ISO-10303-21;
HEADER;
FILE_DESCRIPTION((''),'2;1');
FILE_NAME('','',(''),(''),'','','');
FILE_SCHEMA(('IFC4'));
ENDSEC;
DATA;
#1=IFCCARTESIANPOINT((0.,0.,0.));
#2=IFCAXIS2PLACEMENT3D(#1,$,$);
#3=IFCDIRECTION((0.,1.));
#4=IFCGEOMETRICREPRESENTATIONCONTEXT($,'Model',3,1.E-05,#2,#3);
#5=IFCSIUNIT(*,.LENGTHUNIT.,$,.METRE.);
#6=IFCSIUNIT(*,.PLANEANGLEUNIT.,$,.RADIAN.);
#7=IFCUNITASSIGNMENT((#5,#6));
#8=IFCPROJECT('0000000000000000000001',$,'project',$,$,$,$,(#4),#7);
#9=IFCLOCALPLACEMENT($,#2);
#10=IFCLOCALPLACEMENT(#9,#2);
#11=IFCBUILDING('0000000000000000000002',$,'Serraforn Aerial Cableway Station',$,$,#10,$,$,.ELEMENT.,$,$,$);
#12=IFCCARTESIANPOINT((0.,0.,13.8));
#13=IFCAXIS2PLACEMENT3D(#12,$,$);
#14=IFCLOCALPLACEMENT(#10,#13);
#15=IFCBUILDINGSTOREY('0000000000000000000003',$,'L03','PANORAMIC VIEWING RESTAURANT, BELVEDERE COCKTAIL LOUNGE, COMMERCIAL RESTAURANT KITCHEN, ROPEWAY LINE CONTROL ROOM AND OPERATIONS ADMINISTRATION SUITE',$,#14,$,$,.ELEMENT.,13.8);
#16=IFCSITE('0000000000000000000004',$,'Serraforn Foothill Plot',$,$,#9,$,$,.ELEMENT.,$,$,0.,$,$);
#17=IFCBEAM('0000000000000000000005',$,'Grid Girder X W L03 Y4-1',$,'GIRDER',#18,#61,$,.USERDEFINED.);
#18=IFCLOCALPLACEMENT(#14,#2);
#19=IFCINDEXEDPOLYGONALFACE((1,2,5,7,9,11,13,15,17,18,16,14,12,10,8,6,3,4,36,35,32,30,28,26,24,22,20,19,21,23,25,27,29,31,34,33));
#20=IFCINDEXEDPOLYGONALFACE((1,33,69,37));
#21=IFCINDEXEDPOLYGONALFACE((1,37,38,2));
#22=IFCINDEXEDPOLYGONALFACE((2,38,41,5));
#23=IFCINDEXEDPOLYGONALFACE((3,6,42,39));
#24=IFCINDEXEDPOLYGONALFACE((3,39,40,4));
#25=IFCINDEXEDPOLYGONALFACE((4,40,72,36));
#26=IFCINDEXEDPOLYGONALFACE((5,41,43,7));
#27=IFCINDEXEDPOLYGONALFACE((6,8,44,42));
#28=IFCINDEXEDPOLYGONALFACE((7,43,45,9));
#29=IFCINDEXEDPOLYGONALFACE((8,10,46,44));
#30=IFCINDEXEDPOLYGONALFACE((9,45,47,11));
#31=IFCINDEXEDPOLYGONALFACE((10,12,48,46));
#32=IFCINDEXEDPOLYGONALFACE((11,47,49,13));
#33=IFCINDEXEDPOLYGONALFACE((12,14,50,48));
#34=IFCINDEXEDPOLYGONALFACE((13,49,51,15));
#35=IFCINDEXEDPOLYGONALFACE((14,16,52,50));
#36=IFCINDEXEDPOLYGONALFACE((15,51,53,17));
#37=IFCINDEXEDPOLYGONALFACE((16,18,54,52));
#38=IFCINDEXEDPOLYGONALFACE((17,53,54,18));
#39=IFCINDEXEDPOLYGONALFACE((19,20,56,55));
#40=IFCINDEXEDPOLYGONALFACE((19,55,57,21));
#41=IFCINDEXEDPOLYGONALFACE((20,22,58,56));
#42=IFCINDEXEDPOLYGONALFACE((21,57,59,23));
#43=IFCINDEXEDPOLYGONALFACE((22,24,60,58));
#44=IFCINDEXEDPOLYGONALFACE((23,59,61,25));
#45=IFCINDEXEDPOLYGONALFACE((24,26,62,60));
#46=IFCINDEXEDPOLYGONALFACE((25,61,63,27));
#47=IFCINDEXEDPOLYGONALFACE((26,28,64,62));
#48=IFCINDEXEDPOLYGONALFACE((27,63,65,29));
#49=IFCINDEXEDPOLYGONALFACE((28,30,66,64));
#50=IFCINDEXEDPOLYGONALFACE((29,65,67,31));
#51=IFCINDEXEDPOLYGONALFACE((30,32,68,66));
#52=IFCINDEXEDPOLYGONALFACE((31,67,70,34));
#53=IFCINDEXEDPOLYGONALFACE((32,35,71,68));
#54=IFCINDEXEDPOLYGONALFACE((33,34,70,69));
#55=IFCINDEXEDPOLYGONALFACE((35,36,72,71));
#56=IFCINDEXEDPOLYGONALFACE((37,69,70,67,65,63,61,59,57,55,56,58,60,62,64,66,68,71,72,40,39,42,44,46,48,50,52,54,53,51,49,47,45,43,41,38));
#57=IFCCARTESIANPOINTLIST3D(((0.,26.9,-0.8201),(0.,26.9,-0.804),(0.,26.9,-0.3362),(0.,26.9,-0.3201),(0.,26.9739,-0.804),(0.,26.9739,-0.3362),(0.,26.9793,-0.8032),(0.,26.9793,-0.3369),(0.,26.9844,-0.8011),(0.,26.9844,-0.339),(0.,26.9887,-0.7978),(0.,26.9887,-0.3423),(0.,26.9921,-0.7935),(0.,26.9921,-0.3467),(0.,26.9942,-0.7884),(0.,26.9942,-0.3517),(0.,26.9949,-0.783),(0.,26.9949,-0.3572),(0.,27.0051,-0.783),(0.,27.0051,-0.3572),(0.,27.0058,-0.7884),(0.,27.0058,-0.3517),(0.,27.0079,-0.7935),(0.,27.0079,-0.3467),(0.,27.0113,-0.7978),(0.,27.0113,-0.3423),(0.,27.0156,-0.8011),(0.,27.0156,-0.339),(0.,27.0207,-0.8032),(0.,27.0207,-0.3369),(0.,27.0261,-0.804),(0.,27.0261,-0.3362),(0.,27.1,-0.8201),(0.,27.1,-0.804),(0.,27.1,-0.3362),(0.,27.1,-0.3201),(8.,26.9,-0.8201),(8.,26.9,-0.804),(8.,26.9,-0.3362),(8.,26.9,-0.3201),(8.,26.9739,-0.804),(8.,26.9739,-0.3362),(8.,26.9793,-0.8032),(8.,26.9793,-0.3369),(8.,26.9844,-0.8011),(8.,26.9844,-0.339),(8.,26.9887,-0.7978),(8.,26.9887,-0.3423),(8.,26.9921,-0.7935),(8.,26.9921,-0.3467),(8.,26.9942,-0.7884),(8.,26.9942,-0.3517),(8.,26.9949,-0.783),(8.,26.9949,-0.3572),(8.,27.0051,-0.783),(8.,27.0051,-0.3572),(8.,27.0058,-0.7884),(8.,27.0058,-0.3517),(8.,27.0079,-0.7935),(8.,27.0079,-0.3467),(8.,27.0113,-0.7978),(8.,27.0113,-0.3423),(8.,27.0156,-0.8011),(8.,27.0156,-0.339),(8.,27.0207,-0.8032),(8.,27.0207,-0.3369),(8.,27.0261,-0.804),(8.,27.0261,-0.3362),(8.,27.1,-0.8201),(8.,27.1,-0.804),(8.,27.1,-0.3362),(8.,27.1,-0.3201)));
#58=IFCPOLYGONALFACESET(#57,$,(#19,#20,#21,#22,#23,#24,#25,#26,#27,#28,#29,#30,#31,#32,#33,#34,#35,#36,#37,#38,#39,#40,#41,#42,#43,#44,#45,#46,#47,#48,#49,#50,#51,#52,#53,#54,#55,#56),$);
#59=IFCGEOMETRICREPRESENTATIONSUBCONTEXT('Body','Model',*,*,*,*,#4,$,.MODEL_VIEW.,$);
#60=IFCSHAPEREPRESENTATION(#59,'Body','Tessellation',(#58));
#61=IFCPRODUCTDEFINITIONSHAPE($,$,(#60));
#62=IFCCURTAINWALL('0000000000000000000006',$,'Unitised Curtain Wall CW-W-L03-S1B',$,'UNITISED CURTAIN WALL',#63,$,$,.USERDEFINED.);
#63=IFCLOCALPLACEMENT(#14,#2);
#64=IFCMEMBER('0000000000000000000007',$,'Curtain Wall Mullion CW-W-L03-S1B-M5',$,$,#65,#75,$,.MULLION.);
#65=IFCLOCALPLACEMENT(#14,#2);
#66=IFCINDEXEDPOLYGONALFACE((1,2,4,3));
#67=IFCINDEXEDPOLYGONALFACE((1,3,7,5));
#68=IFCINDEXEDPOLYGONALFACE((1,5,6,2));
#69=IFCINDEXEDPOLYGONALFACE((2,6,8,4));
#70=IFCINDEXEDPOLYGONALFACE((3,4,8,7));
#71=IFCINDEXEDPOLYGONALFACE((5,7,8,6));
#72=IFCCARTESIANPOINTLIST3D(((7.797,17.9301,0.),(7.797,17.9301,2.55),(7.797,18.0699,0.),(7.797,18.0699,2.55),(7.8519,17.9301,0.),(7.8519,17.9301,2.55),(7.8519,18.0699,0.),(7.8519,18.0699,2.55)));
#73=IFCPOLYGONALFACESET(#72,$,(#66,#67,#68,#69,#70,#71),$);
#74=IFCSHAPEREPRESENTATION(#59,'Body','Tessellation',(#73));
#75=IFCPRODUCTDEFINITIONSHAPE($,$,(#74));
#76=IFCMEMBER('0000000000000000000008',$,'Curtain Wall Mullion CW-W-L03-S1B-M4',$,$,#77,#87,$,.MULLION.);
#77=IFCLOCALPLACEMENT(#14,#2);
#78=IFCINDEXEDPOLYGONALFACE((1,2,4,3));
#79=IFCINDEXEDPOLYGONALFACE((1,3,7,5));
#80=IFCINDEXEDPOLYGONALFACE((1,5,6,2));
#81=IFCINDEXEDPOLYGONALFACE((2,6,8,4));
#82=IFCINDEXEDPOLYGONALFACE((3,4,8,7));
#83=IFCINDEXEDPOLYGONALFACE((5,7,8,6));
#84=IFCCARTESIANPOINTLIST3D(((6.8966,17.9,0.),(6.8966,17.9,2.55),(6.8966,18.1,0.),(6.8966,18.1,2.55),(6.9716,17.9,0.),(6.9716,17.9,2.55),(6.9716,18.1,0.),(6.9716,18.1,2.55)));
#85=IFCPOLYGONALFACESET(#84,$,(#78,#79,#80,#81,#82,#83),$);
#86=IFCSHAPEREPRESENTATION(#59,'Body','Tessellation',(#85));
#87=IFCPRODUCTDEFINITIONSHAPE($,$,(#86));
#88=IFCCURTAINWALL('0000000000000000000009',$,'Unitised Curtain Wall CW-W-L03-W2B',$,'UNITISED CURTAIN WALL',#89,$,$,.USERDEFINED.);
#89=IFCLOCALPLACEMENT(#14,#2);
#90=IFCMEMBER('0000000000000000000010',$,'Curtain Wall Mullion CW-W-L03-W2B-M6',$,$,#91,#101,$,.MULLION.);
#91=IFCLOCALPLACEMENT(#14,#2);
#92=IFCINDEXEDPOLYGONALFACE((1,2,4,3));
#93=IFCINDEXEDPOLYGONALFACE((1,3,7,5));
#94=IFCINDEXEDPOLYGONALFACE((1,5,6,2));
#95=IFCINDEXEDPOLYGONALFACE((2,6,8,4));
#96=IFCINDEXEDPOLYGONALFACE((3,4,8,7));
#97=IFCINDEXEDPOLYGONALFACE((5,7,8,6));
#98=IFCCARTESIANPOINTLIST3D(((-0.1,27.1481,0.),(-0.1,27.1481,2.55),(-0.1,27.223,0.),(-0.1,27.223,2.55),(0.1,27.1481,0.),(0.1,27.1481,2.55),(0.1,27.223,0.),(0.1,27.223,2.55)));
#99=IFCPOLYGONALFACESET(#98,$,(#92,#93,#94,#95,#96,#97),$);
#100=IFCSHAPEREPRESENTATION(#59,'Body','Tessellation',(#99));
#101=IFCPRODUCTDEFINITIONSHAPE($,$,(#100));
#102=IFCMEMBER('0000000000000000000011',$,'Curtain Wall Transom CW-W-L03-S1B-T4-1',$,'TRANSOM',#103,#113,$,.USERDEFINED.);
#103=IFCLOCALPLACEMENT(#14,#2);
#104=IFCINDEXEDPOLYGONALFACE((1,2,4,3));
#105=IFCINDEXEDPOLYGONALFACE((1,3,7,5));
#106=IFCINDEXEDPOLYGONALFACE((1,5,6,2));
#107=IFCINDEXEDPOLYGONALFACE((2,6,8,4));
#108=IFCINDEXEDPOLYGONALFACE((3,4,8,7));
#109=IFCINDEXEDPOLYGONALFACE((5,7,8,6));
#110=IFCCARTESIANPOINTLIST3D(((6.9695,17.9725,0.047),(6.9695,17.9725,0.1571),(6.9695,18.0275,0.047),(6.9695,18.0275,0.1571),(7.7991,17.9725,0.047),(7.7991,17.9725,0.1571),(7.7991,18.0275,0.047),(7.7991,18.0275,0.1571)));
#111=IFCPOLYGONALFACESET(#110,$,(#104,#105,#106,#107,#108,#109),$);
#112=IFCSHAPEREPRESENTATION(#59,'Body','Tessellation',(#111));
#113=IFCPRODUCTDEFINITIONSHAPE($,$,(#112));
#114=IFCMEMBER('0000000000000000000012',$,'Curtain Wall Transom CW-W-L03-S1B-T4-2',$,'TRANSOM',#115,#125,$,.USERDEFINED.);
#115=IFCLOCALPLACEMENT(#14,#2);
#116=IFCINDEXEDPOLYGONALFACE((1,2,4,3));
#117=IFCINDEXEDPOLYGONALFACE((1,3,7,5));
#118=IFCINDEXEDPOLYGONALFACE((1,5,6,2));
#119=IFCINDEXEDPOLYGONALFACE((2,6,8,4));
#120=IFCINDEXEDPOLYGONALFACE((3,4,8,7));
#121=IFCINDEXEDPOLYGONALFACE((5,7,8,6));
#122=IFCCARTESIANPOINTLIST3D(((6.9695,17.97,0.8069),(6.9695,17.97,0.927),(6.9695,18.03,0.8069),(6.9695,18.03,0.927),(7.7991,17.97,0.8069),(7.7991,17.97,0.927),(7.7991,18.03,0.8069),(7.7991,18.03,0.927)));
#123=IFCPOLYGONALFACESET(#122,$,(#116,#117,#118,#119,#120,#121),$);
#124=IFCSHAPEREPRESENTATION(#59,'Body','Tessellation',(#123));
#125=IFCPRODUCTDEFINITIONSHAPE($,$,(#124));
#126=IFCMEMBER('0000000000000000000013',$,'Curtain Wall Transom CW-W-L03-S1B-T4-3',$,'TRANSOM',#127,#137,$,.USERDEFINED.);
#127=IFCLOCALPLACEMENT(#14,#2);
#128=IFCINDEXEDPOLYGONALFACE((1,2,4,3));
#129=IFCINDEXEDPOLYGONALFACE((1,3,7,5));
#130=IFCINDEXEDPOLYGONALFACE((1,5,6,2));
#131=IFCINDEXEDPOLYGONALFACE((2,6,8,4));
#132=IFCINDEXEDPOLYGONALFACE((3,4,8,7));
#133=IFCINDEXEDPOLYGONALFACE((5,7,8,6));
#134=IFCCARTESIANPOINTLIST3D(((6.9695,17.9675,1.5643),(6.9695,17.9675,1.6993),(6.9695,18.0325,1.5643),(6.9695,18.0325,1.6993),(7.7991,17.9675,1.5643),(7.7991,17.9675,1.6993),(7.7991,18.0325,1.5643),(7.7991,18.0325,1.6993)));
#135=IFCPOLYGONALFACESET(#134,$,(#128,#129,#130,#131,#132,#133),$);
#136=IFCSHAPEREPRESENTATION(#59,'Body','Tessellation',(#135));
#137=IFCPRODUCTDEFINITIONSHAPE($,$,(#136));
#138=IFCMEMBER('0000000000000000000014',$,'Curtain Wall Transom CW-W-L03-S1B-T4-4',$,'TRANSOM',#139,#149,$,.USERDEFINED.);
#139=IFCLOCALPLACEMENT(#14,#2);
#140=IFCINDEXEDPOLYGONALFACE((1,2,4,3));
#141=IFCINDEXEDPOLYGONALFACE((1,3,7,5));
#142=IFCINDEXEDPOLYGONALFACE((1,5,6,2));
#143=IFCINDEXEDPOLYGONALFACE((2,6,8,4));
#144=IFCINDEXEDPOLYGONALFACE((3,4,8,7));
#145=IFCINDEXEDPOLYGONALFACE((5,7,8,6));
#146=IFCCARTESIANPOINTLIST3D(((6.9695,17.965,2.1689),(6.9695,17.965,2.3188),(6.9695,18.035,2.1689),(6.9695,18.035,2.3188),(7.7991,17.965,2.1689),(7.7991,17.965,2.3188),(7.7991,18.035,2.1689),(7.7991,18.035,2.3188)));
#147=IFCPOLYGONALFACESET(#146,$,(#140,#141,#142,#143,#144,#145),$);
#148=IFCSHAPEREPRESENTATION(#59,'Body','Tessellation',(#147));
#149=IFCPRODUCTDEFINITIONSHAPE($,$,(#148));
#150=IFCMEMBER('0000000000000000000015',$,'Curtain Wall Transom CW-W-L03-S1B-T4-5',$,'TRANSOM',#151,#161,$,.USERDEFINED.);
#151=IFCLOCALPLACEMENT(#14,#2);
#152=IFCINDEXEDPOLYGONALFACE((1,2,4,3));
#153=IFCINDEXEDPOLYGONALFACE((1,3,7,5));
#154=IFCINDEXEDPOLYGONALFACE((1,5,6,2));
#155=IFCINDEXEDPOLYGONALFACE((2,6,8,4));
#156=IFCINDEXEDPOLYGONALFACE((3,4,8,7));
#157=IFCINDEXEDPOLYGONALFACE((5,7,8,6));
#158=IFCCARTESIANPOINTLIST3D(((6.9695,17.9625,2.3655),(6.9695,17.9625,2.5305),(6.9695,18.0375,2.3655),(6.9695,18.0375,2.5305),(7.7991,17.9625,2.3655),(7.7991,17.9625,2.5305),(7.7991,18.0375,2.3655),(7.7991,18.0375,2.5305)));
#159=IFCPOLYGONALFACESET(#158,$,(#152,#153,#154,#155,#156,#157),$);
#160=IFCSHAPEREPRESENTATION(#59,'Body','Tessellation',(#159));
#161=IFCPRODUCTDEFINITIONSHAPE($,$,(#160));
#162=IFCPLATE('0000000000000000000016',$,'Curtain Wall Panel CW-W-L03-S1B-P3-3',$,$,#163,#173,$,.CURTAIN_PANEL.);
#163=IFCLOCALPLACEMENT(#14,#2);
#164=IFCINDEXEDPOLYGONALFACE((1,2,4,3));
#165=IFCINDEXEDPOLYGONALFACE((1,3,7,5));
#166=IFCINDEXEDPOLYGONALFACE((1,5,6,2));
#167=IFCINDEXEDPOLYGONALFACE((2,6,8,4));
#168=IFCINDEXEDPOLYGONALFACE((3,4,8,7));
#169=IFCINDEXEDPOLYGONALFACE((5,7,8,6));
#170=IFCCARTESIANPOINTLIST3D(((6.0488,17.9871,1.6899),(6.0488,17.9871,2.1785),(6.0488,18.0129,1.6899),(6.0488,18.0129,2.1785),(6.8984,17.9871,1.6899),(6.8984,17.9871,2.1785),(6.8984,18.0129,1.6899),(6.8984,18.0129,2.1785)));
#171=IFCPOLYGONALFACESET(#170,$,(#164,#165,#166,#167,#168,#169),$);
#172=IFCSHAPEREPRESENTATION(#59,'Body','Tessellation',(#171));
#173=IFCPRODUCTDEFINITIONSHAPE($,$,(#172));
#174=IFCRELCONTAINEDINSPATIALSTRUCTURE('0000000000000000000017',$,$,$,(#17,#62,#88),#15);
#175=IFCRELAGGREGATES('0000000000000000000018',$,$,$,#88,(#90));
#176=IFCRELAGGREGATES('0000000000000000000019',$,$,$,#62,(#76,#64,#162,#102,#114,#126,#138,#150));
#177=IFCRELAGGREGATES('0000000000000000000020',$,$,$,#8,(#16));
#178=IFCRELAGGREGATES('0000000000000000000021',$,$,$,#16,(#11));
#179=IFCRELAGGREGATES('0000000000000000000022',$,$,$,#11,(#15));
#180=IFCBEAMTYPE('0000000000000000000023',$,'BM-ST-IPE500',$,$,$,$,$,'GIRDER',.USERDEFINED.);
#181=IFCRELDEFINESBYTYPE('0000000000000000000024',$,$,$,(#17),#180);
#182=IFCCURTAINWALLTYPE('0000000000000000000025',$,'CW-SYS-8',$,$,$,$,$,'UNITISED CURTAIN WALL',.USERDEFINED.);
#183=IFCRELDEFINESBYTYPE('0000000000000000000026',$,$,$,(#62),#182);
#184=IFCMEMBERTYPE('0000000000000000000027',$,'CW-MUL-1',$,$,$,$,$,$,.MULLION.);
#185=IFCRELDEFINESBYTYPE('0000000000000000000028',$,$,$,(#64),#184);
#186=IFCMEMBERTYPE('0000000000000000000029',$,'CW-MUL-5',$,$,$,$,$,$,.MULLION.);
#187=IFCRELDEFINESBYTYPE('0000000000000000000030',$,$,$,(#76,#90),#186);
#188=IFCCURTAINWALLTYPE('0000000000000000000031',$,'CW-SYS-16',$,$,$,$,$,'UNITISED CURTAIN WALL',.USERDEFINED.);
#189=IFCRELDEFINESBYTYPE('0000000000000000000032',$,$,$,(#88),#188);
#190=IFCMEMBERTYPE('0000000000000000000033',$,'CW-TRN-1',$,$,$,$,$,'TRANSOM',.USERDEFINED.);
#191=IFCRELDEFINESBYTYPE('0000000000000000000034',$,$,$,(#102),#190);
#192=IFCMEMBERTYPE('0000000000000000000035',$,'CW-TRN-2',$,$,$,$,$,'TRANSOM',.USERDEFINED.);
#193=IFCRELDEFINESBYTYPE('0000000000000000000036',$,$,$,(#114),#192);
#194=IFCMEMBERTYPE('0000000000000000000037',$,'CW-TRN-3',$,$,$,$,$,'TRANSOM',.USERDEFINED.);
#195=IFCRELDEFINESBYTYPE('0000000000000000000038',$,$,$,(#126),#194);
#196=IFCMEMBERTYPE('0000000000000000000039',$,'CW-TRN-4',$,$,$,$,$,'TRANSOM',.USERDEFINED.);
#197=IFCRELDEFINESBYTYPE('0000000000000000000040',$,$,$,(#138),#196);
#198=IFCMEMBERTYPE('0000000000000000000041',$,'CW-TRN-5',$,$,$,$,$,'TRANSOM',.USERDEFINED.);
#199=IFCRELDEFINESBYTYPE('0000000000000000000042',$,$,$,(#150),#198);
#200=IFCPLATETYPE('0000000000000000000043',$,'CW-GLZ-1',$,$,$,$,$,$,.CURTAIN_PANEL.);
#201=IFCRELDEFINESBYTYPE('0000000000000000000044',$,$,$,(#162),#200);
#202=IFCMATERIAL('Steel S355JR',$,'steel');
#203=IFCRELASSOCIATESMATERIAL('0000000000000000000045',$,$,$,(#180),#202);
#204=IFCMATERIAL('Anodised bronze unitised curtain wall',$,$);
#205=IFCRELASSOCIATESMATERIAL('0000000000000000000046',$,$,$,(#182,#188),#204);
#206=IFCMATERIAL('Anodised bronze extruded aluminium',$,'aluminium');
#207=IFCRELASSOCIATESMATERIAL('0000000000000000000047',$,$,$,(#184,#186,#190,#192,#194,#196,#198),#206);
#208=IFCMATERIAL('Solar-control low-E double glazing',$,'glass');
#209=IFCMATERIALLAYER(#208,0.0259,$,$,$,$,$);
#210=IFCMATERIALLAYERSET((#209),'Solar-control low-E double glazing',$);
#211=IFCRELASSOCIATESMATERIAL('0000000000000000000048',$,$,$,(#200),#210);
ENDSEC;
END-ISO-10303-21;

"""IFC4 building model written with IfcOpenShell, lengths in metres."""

from ifc_helpers import new_model, si_unit, direction, frame, origin, origin_2d, place, context, subcontext, project, spatial, rectangle, i_section, extrude, material, layer, layer_set, material_profile, profile_set, type_object, element, aggregate, save


model = new_model("IFC4")

# Units and contexts
model_context = context("Model", 3, precision=1e-05, world=origin(), true_north=direction((0.0, 1.0)))
body_context = subcontext(model_context, "Body", "Model", "MODEL_VIEW")
ifc_project = project(units=[si_unit("LENGTHUNIT", "METRE"), si_unit("PLANEANGLEUNIT", "RADIAN")], contexts=[model_context])

# Site, building, storey
site_placement = place(None, origin())
site = spatial("IfcSite", under=ifc_project, at=site_placement, Name="Serraforn Foothill Plot", CompositionType="ELEMENT", RefElevation=0.0)
building_placement = place(site_placement, origin())
building = spatial("IfcBuilding", under=site, at=building_placement, Name="Serraforn Aerial Cableway Station", CompositionType="ELEMENT")
storey_placement = place(building_placement, frame((0.0, 0.0, 13.8)))
storey = spatial("IfcBuildingStorey", under=building, at=storey_placement, Name="L03", Description="PANORAMIC VIEWING RESTAURANT, BELVEDERE COCKTAIL LOUNGE, COMMERCIAL RESTAURANT KITCHEN, ROPEWAY LINE CONTROL ROOM AND OPERATIONS ADMINISTRATION SUITE", CompositionType="ELEMENT", Elevation=13.8)

# Shared definitions
ifc_material_1 = material(Name="Steel S355JR", Category="steel")

# Beam
ifc_material_profile_1 = material_profile(ifc_material_1, i_section(OverallWidth=0.2, OverallDepth=0.5, WebThickness=0.0103, FlangeThickness=0.0161, FilletRadius=0.021, at=origin_2d()), Name="IPE 500")
ifc_profile_set_1 = profile_set([ifc_material_profile_1], Name="Steel S355JR")
beam_type_1 = type_object("IfcBeamType", Name="BM-ST-IPE500", ElementType="GIRDER", PredefinedType="USERDEFINED", material=ifc_profile_set_1)
beam_1_placement = place(storey_placement, frame((0.0, 27.0, -0.5701), z_axis=(1.0, 0.0, 0.0), x_axis=(0.0, 1.0, 0.0)))
element("IfcBeam", 1, at=beam_1_placement, inside=storey, type_object=beam_type_1, Name="Grid Girder X W L03 Y4-1", ObjectType="GIRDER", PredefinedType="USERDEFINED", context=body_context, shape_type="SweptSolid", body=[
    extrude(i_section(OverallWidth=0.2, OverallDepth=0.5, WebThickness=0.0103, FlangeThickness=0.0161, FilletRadius=0.021, at=origin_2d()), origin(), (0.0, 0.0, 1.0), 8.0),
])

# Curtain wall, members
ifc_material_2 = material(Name="Anodised bronze unitised curtain wall")
curtain_wall_type_1 = type_object("IfcCurtainWallType", Name="CW-SYS-8", ElementType="UNITISED CURTAIN WALL", PredefinedType="USERDEFINED", material=ifc_material_2)
curtain_wall_1_placement = place(storey_placement, origin())
curtain_wall_1 = element("IfcCurtainWall", 2, at=curtain_wall_1_placement, inside=storey, type_object=curtain_wall_type_1, Name="Unitised Curtain Wall CW-W-L03-S1B", ObjectType="UNITISED CURTAIN WALL", PredefinedType="USERDEFINED")
ifc_material_3 = material(Name="Anodised bronze extruded aluminium", Category="aluminium")
ifc_material_profile_2 = material_profile(ifc_material_3, rectangle(XDim=0.0549, YDim=0.1399, at=origin_2d()), Name="CW MULLION 55x140")
ifc_profile_set_2 = profile_set([ifc_material_profile_2], Name="Anodised bronze extruded aluminium")
member_type_1 = type_object("IfcMemberType", Name="CW-MUL-1", PredefinedType="MULLION", material=ifc_profile_set_2)
member_1_placement = place(storey_placement, frame((7.8245, 18.0, 0.0), z_axis=(0.0, 0.0, 1.0), x_axis=(1.0, 0.0, 0.0)))
member_1 = element("IfcMember", 3, at=member_1_placement, type_object=member_type_1, Name="Curtain Wall Mullion CW-W-L03-S1B-M5", PredefinedType="MULLION", context=body_context, shape_type="SweptSolid", body=[
    extrude(rectangle(XDim=0.0549, YDim=0.1399, at=origin_2d()), origin(), (0.0, 0.0, 1.0), 2.55),
])
ifc_material_profile_3 = material_profile(ifc_material_3, rectangle(XDim=0.075, YDim=0.2, at=origin_2d()), Name="CW MULLION 75x200")
ifc_profile_set_3 = profile_set([ifc_material_profile_3], Name="Anodised bronze extruded aluminium")
member_type_2 = type_object("IfcMemberType", Name="CW-MUL-5", PredefinedType="MULLION", material=ifc_profile_set_3)
member_2_placement = place(storey_placement, frame((6.9341, 18.0, 0.0), z_axis=(0.0, 0.0, 1.0), x_axis=(1.0, 0.0, 0.0)))
member_2 = element("IfcMember", 4, at=member_2_placement, type_object=member_type_2, Name="Curtain Wall Mullion CW-W-L03-S1B-M4", PredefinedType="MULLION", context=body_context, shape_type="SweptSolid", body=[
    extrude(rectangle(XDim=0.075, YDim=0.2, at=origin_2d()), origin(), (0.0, 0.0, 1.0), 2.55),
])

# Curtain wall, member
curtain_wall_type_2 = type_object("IfcCurtainWallType", Name="CW-SYS-16", ElementType="UNITISED CURTAIN WALL", PredefinedType="USERDEFINED", material=ifc_material_2)
curtain_wall_2_placement = place(storey_placement, origin())
curtain_wall_2 = element("IfcCurtainWall", 5, at=curtain_wall_2_placement, inside=storey, type_object=curtain_wall_type_2, Name="Unitised Curtain Wall CW-W-L03-W2B", ObjectType="UNITISED CURTAIN WALL", PredefinedType="USERDEFINED")
member_3_placement = place(storey_placement, frame((0.0, 27.1855, 0.0), z_axis=(0.0, 0.0, 1.0), x_axis=(0.0, -1.0, 0.0)))
member_3 = element("IfcMember", 6, at=member_3_placement, type_object=member_type_2, Name="Curtain Wall Mullion CW-W-L03-W2B-M6", PredefinedType="MULLION", context=body_context, shape_type="SweptSolid", body=[
    extrude(rectangle(XDim=0.075, YDim=0.2, at=origin_2d()), origin(), (0.0, 0.0, 1.0), 2.55),
])
aggregate(curtain_wall_2, [member_3])

# Members
ifc_material_profile_4 = material_profile(ifc_material_3, rectangle(XDim=0.0549, YDim=0.1101, at=origin_2d()), Name="CW TRANSOM 55x110")
ifc_profile_set_4 = profile_set([ifc_material_profile_4], Name="Anodised bronze extruded aluminium")
member_type_3 = type_object("IfcMemberType", Name="CW-TRN-1", ElementType="TRANSOM", PredefinedType="USERDEFINED", material=ifc_profile_set_4)
member_4_placement = place(storey_placement, frame((6.9695, 18.0, 0.1021), z_axis=(1.0, 0.0, 0.0), x_axis=(0.0, 1.0, 0.0)))
member_4 = element("IfcMember", 7, at=member_4_placement, type_object=member_type_3, Name="Curtain Wall Transom CW-W-L03-S1B-T4-1", ObjectType="TRANSOM", PredefinedType="USERDEFINED", context=body_context, shape_type="SweptSolid", body=[
    extrude(rectangle(XDim=0.0549, YDim=0.1101, at=origin_2d()), origin(), (0.0, 0.0, 1.0), 0.8296),
])
ifc_material_profile_5 = material_profile(ifc_material_3, rectangle(XDim=0.0601, YDim=0.1201, at=origin_2d()), Name="CW TRANSOM 60x120")
ifc_profile_set_5 = profile_set([ifc_material_profile_5], Name="Anodised bronze extruded aluminium")
member_type_4 = type_object("IfcMemberType", Name="CW-TRN-2", ElementType="TRANSOM", PredefinedType="USERDEFINED", material=ifc_profile_set_5)
member_5_placement = place(storey_placement, frame((6.9695, 18.0, 0.8669), z_axis=(1.0, 0.0, 0.0), x_axis=(0.0, 1.0, 0.0)))
member_5 = element("IfcMember", 8, at=member_5_placement, type_object=member_type_4, Name="Curtain Wall Transom CW-W-L03-S1B-T4-2", ObjectType="TRANSOM", PredefinedType="USERDEFINED", context=body_context, shape_type="SweptSolid", body=[
    extrude(rectangle(XDim=0.0601, YDim=0.1201, at=origin_2d()), origin(), (0.0, 0.0, 1.0), 0.8296),
])
ifc_material_profile_6 = material_profile(ifc_material_3, rectangle(XDim=0.0649, YDim=0.135, at=origin_2d()), Name="CW TRANSOM 65x135")
ifc_profile_set_6 = profile_set([ifc_material_profile_6], Name="Anodised bronze extruded aluminium")
member_type_5 = type_object("IfcMemberType", Name="CW-TRN-3", ElementType="TRANSOM", PredefinedType="USERDEFINED", material=ifc_profile_set_6)
member_6_placement = place(storey_placement, frame((6.9695, 18.0, 1.6318), z_axis=(1.0, 0.0, 0.0), x_axis=(0.0, 1.0, 0.0)))
member_6 = element("IfcMember", 9, at=member_6_placement, type_object=member_type_5, Name="Curtain Wall Transom CW-W-L03-S1B-T4-3", ObjectType="TRANSOM", PredefinedType="USERDEFINED", context=body_context, shape_type="SweptSolid", body=[
    extrude(rectangle(XDim=0.0649, YDim=0.135, at=origin_2d()), origin(), (0.0, 0.0, 1.0), 0.8296),
])
ifc_material_profile_7 = material_profile(ifc_material_3, rectangle(XDim=0.0701, YDim=0.1499, at=origin_2d()), Name="CW TRANSOM 70x150")
ifc_profile_set_7 = profile_set([ifc_material_profile_7], Name="Anodised bronze extruded aluminium")
member_type_6 = type_object("IfcMemberType", Name="CW-TRN-4", ElementType="TRANSOM", PredefinedType="USERDEFINED", material=ifc_profile_set_7)
member_7_placement = place(storey_placement, frame((6.9695, 18.0, 2.2439), z_axis=(1.0, 0.0, 0.0), x_axis=(0.0, 1.0, 0.0)))
member_7 = element("IfcMember", 10, at=member_7_placement, type_object=member_type_6, Name="Curtain Wall Transom CW-W-L03-S1B-T4-4", ObjectType="TRANSOM", PredefinedType="USERDEFINED", context=body_context, shape_type="SweptSolid", body=[
    extrude(rectangle(XDim=0.0701, YDim=0.1499, at=origin_2d()), origin(), (0.0, 0.0, 1.0), 0.8296),
])
ifc_material_profile_8 = material_profile(ifc_material_3, rectangle(XDim=0.075, YDim=0.165, at=origin_2d()), Name="CW TRANSOM 75x165")
ifc_profile_set_8 = profile_set([ifc_material_profile_8], Name="Anodised bronze extruded aluminium")
member_type_7 = type_object("IfcMemberType", Name="CW-TRN-5", ElementType="TRANSOM", PredefinedType="USERDEFINED", material=ifc_profile_set_8)
member_8_placement = place(storey_placement, frame((6.9695, 18.0, 2.448), z_axis=(1.0, 0.0, 0.0), x_axis=(0.0, 1.0, 0.0)))
member_8 = element("IfcMember", 11, at=member_8_placement, type_object=member_type_7, Name="Curtain Wall Transom CW-W-L03-S1B-T4-5", ObjectType="TRANSOM", PredefinedType="USERDEFINED", context=body_context, shape_type="SweptSolid", body=[
    extrude(rectangle(XDim=0.075, YDim=0.165, at=origin_2d()), origin(), (0.0, 0.0, 1.0), 0.8296),
])

# Plate
ifc_material_4 = material(Name="Solar-control low-E double glazing", Category="glass")
ifc_layer_1 = layer(ifc_material_4, 0.0259)
ifc_layer_set_1 = layer_set([ifc_layer_1], Name="Solar-control low-E double glazing")
plate_type_1 = type_object("IfcPlateType", Name="CW-GLZ-1", PredefinedType="CURTAIN_PANEL", material=ifc_layer_set_1)
plate_1_placement = place(storey_placement, frame((6.4736, 18.0, 1.6899), z_axis=(0.0, 0.0, 1.0), x_axis=(1.0, 0.0, 0.0)))
plate_1 = element("IfcPlate", 12, at=plate_1_placement, type_object=plate_type_1, Name="Curtain Wall Panel CW-W-L03-S1B-P3-3", PredefinedType="CURTAIN_PANEL", context=body_context, shape_type="SweptSolid", body=[
    extrude(rectangle(XDim=0.8496, YDim=0.0259, at=origin_2d()), origin(), (0.0, 0.0, 1.0), 0.4885),
])
aggregate(curtain_wall_1, [member_2, member_1, plate_1, member_4, member_5, member_6, member_7, member_8])

save(model, "model.ifc")
